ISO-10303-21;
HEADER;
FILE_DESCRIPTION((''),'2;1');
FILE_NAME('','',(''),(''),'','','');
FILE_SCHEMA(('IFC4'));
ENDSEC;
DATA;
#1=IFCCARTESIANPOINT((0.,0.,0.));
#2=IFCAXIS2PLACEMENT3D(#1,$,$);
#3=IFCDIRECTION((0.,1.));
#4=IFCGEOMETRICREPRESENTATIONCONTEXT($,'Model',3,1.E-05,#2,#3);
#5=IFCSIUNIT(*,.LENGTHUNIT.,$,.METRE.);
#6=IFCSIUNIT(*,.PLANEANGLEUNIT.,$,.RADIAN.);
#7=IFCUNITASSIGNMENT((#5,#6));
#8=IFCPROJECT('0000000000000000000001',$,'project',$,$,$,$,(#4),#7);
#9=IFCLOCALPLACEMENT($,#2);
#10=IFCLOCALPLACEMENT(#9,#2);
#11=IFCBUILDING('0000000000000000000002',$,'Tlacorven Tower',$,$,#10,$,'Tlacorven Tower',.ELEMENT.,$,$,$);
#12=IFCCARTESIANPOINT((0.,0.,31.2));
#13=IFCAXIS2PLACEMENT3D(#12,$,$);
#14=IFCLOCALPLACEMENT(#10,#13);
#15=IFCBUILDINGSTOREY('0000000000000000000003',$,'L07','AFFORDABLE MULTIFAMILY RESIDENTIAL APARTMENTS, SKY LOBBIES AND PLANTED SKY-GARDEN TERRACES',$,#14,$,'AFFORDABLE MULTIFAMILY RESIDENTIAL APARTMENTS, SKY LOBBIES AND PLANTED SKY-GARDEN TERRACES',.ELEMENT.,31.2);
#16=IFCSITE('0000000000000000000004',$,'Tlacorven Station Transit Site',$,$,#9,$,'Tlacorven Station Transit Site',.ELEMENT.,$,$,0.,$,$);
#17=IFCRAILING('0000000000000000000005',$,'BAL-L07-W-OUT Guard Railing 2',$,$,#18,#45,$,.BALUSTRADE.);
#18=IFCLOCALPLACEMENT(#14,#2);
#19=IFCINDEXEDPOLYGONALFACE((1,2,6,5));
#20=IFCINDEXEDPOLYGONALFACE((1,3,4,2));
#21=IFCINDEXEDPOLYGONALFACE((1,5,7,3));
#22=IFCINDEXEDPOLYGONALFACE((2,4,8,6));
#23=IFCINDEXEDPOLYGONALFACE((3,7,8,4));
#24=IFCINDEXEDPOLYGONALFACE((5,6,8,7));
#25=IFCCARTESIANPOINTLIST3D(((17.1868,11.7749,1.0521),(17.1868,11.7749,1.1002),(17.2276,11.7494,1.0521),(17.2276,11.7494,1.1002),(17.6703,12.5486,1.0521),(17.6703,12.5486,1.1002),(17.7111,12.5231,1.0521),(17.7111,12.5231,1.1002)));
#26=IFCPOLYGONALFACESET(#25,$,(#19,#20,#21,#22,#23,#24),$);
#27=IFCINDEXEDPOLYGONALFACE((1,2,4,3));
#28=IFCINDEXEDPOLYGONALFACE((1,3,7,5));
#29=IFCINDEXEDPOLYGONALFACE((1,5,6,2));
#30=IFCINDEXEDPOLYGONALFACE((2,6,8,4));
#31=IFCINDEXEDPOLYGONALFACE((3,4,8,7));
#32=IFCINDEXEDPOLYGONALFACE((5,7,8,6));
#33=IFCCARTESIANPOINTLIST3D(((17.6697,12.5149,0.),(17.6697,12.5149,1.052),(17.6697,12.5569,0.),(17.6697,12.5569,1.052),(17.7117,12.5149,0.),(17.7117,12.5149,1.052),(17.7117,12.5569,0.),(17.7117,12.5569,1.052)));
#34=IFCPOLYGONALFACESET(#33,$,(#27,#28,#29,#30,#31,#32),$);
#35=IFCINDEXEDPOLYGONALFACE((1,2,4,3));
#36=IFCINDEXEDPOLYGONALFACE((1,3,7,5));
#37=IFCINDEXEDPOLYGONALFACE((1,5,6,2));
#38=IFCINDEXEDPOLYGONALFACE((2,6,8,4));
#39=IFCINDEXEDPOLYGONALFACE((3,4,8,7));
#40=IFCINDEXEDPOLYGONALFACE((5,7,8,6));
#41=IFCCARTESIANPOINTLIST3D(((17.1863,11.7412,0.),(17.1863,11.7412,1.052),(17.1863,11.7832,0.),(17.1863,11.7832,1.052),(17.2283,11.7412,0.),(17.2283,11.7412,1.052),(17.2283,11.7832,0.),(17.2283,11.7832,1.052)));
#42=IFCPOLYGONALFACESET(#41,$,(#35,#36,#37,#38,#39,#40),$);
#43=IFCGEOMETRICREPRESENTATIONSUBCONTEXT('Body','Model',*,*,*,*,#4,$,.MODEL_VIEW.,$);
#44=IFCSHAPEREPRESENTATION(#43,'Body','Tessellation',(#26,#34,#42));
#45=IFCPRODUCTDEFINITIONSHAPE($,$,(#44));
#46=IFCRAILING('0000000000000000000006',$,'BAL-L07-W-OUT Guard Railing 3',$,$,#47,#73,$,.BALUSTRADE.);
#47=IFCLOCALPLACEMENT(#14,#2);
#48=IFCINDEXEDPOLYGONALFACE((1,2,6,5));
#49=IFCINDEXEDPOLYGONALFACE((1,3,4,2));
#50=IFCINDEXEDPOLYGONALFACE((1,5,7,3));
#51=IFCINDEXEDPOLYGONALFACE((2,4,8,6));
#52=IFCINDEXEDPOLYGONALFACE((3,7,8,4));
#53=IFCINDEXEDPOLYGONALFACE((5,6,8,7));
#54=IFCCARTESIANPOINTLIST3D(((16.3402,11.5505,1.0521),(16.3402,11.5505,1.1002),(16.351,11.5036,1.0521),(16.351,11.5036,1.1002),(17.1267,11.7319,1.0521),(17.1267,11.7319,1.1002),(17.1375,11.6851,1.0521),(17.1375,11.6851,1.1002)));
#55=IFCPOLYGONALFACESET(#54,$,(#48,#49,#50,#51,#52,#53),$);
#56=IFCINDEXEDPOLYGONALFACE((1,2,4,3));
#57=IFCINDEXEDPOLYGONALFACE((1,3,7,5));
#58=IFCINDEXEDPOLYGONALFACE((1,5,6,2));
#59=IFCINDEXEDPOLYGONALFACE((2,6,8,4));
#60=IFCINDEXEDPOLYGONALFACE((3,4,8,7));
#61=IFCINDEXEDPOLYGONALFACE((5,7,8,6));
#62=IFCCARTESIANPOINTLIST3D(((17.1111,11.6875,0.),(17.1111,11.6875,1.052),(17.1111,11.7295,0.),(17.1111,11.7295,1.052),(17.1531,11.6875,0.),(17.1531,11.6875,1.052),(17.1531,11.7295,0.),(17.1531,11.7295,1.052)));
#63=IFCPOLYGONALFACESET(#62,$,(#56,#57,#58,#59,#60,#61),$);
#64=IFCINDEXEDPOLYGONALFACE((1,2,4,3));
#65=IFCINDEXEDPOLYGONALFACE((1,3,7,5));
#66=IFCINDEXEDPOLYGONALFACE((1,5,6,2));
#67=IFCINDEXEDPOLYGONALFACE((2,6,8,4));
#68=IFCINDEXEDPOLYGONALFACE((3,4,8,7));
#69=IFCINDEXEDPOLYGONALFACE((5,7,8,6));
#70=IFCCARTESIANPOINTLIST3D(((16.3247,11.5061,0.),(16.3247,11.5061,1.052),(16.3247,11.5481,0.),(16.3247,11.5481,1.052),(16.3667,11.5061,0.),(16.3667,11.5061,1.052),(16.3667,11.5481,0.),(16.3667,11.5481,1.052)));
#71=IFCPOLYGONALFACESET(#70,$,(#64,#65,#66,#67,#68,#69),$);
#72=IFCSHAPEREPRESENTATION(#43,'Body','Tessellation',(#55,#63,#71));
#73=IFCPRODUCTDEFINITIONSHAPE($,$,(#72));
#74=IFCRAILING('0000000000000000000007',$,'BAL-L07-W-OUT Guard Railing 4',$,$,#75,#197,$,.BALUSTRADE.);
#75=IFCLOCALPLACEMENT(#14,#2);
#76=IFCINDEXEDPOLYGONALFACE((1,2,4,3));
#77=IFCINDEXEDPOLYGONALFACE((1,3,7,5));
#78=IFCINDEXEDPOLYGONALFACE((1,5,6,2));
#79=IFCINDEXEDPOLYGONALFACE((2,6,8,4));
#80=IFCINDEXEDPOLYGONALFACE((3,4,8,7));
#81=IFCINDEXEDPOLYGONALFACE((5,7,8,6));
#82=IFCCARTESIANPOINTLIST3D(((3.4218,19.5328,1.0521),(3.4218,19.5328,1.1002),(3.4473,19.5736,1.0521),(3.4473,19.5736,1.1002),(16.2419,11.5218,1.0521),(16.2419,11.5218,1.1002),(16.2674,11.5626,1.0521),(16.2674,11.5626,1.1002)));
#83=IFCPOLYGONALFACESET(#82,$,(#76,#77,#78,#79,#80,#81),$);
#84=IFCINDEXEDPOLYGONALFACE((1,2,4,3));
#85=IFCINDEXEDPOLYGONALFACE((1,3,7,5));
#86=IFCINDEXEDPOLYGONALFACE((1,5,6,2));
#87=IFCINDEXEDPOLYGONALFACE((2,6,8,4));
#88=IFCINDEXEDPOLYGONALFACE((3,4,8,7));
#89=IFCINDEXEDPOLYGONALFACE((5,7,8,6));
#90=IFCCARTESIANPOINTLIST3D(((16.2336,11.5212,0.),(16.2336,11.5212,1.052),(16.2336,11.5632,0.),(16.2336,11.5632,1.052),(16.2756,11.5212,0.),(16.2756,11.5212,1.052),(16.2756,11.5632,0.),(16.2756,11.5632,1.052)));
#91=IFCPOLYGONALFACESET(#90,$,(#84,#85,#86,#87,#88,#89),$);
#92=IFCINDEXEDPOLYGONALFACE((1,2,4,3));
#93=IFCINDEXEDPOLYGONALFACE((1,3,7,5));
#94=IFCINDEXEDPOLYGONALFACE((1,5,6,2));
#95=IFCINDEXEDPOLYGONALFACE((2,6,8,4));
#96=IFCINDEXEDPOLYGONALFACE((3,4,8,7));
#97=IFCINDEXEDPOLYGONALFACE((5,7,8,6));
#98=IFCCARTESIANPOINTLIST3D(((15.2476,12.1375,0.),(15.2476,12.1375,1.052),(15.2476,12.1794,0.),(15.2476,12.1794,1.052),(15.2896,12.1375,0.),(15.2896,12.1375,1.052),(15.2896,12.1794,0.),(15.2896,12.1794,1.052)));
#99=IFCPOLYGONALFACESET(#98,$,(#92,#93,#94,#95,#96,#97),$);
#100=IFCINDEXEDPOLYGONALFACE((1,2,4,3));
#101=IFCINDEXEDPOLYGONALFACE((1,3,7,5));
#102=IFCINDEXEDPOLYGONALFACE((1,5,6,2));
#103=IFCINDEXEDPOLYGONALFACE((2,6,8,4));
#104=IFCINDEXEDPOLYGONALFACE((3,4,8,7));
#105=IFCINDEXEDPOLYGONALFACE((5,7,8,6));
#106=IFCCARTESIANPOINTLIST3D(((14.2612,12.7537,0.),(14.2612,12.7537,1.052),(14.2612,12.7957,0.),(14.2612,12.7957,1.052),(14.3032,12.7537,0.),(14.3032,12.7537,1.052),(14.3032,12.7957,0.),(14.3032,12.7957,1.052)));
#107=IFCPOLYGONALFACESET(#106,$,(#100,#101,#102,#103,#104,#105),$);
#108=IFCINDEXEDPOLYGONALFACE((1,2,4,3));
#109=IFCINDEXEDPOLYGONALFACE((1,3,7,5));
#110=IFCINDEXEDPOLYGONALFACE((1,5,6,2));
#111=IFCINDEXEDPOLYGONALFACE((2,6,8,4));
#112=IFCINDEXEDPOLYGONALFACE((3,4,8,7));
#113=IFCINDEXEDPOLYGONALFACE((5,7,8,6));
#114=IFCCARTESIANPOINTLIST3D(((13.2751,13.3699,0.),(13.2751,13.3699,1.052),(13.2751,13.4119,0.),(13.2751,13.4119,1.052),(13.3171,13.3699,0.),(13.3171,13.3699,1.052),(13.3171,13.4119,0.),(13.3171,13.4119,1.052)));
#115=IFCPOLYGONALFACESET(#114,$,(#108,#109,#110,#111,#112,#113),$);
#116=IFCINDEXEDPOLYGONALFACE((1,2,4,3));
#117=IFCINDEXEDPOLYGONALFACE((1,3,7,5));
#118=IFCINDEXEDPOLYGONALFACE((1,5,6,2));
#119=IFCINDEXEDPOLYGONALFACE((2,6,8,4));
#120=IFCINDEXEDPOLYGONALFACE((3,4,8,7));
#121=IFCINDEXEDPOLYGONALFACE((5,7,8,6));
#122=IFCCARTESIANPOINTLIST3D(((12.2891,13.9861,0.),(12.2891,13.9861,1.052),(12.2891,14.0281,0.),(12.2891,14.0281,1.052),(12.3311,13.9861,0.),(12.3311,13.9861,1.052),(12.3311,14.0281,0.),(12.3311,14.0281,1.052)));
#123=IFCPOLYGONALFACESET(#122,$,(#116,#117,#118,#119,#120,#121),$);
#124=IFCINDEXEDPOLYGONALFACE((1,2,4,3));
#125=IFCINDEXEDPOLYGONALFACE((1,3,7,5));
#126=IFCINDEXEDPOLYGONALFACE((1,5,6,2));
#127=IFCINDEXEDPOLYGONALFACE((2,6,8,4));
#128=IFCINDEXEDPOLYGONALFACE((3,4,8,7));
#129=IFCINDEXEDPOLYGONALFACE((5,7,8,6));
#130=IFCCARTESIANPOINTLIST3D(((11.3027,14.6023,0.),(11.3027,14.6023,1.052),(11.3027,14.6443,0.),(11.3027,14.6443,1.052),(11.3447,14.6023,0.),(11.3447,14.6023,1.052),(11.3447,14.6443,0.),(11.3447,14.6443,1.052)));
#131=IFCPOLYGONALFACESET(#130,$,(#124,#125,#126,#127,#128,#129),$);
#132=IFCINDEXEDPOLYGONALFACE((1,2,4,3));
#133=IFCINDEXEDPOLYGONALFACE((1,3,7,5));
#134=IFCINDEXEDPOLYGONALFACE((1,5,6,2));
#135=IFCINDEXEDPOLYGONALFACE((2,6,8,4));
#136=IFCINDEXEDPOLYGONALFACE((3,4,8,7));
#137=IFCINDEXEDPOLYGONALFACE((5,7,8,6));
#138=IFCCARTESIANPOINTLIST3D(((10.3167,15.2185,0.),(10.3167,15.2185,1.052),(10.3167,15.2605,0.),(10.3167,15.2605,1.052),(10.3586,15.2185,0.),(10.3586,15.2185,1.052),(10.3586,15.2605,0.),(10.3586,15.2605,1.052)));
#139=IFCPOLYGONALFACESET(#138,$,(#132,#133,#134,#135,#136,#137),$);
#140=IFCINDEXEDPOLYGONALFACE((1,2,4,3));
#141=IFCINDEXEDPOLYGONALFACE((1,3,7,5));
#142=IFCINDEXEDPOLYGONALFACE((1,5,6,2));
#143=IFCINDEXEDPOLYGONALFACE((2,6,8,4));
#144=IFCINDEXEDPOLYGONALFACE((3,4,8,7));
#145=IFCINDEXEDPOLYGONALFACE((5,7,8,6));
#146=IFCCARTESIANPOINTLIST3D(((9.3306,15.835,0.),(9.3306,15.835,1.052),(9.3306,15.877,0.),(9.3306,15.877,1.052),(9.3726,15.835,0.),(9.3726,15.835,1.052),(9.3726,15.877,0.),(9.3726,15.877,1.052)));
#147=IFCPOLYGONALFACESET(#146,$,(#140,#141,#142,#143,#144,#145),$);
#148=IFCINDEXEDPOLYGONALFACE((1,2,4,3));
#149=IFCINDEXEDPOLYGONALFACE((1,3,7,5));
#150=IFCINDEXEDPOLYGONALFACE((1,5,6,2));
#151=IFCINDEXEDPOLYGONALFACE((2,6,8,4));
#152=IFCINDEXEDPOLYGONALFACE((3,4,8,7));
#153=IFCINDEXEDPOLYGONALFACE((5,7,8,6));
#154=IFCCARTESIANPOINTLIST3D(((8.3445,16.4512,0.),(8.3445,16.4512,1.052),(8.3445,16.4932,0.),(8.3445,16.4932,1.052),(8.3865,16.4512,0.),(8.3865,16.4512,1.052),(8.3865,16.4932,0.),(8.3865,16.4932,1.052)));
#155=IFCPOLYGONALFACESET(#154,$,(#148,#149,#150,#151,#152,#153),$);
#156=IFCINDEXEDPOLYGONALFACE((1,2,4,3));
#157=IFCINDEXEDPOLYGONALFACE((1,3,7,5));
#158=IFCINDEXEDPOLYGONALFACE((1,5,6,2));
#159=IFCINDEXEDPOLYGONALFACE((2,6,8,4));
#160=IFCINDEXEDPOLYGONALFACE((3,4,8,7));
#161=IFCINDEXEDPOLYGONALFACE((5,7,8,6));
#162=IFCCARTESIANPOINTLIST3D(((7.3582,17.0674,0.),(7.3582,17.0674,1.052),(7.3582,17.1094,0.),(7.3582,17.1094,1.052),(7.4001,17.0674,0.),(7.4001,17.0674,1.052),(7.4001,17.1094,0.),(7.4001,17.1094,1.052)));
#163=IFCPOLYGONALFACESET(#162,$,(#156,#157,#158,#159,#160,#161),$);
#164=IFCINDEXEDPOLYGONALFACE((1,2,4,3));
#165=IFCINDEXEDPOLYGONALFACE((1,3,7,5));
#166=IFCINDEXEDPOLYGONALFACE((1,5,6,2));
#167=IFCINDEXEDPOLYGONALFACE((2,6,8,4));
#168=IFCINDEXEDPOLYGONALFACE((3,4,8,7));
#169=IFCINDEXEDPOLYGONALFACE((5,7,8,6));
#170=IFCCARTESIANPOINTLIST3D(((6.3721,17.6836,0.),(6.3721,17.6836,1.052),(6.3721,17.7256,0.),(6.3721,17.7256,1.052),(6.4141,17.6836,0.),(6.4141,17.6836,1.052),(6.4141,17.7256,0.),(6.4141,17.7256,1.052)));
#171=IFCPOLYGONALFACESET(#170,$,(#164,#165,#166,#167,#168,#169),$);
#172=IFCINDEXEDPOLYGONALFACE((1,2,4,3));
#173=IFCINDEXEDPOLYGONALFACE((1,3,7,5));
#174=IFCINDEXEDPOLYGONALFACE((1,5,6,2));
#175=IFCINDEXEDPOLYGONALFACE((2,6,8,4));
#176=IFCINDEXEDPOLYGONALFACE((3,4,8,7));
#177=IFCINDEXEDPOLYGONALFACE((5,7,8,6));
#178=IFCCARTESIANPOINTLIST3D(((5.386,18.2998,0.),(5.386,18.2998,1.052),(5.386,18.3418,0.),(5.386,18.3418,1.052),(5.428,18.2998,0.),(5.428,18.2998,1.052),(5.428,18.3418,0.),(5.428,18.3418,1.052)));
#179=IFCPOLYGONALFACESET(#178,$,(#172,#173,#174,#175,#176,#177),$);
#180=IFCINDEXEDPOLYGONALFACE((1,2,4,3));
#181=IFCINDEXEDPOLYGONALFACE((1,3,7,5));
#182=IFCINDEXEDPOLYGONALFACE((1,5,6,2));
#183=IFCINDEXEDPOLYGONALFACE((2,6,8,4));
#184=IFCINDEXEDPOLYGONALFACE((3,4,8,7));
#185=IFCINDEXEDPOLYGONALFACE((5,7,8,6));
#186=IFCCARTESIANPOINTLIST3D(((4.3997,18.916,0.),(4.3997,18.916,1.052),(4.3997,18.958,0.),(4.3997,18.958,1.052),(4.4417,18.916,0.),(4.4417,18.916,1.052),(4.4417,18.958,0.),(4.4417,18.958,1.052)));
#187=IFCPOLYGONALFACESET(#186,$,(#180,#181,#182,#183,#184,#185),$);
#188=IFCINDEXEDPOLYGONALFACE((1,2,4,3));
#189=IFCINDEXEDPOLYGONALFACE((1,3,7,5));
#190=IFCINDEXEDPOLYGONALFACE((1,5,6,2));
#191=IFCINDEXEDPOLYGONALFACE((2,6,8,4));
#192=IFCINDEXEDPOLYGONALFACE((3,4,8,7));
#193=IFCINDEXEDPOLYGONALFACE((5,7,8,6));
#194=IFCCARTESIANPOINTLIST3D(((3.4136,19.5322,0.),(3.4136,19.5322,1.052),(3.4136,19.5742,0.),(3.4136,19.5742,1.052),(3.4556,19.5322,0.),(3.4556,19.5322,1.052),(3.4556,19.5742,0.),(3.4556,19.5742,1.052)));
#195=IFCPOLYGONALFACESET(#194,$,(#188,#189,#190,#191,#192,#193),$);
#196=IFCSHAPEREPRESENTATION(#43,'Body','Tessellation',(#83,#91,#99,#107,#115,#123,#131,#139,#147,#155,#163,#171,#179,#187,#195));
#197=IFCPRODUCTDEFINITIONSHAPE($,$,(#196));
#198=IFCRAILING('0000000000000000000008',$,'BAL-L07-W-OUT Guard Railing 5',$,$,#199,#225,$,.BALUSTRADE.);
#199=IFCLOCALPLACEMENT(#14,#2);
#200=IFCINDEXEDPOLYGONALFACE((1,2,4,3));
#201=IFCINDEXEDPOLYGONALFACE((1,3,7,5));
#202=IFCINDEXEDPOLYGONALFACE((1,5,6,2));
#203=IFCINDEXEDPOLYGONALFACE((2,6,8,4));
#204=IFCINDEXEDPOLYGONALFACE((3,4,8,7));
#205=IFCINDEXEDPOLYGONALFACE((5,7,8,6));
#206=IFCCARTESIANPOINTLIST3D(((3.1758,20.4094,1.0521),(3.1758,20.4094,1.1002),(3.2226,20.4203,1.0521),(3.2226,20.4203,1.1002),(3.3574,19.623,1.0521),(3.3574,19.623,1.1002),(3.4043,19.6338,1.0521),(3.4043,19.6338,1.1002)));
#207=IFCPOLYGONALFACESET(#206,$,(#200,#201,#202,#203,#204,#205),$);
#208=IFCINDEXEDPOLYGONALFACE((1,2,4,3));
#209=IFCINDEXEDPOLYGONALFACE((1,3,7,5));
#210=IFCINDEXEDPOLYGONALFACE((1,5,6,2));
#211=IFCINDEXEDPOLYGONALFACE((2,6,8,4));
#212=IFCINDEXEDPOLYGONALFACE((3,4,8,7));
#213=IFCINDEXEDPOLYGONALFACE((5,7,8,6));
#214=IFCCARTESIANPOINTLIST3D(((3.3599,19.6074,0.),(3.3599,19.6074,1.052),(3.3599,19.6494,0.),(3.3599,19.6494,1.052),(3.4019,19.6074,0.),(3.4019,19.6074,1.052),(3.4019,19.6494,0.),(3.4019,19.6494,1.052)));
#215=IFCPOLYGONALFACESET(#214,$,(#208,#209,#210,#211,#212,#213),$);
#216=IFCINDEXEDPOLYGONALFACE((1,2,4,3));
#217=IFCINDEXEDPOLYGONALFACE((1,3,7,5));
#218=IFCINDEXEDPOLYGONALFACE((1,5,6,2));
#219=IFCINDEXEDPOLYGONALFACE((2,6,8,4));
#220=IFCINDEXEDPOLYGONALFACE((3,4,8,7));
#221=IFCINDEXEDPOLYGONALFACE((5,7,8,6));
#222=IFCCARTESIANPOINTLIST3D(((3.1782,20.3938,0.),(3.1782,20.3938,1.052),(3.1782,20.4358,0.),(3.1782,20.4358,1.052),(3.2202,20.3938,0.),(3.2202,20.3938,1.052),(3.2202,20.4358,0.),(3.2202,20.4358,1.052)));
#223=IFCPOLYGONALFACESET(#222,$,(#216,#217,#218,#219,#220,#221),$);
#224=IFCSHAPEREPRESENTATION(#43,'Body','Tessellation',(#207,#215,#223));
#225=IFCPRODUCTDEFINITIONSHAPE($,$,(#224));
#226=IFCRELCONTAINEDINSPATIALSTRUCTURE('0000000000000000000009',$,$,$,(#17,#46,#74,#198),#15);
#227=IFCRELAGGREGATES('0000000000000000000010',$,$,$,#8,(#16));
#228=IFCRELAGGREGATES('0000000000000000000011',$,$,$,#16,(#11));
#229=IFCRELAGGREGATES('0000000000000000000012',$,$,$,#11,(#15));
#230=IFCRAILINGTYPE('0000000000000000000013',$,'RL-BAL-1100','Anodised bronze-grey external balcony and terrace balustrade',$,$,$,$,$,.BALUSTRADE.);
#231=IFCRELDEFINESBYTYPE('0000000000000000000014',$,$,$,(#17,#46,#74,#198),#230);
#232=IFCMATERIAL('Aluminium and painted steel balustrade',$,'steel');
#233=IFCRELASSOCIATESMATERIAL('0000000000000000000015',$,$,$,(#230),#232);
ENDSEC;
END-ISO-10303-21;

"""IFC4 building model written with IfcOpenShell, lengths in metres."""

from ifc_helpers import new_model, si_unit, direction, frame, origin, origin_2d, place, context, subcontext, project, spatial, rectangle, extrude, source, transform, mapped, material, type_object, element, save


model = new_model("IFC4")

# Units and contexts
model_context = context("Model", 3, precision=1e-05, world=origin(), true_north=direction((0.0, 1.0)))
body_context = subcontext(model_context, "Body", "Model", "MODEL_VIEW")
ifc_project = project(units=[si_unit("LENGTHUNIT", "METRE"), si_unit("PLANEANGLEUNIT", "RADIAN")], contexts=[model_context])

# Site, building, storey
site_placement = place(None, origin())
site = spatial("IfcSite", under=ifc_project, at=site_placement, Name="Tlacorven Station Transit Site", LongName="Tlacorven Station Transit Site", CompositionType="ELEMENT", RefElevation=0.0)
building_placement = place(site_placement, origin())
building = spatial("IfcBuilding", under=site, at=building_placement, Name="Tlacorven Tower", LongName="Tlacorven Tower", CompositionType="ELEMENT")
storey_placement = place(building_placement, frame((0.0, 0.0, 31.2)))
storey = spatial("IfcBuildingStorey", under=building, at=storey_placement, Name="L07", Description="AFFORDABLE MULTIFAMILY RESIDENTIAL APARTMENTS, SKY LOBBIES AND PLANTED SKY-GARDEN TERRACES", LongName="AFFORDABLE MULTIFAMILY RESIDENTIAL APARTMENTS, SKY LOBBIES AND PLANTED SKY-GARDEN TERRACES", CompositionType="ELEMENT", Elevation=31.2)

# Railings
ifc_material_1 = material(Name="Aluminium and painted steel balustrade", Category="steel")
railing_type = type_object("IfcRailingType", Name="RL-BAL-1100", Description="Anodised bronze-grey external balcony and terrace balustrade", PredefinedType="BALUSTRADE", material=ifc_material_1)
shared_shape_1 = source(origin(), body_context, "Body", "SweptSolid", [
    extrude(rectangle(XDim=0.0481, YDim=0.0481, at=origin_2d()), frame((0.0, 0.0, 1.0762), z_axis=(-0.529879, -0.848073, 0.0), x_axis=(0.848073, -0.529879, 0.0)), (0.0, 0.0, 1.0), 0.9124),
    extrude(rectangle(XDim=0.042, YDim=0.042, at=origin_2d()), origin(), (0.0, 0.0, 1.0), 1.052),
    extrude(rectangle(XDim=0.042, YDim=0.042, at=origin_2d()), frame((-0.4834, -0.7737, 0.0)), (0.0, 0.0, 1.0), 1.052),
])
railing_1_placement = place(storey_placement, frame((17.6907, 12.5359, 0.0)))
element("IfcRailing", 1, at=railing_1_placement, inside=storey, type_object=railing_type, Name="BAL-L07-W-OUT Guard Railing 2", PredefinedType="BALUSTRADE", context=body_context, shape_type="MappedRepresentation", body=[
    mapped(shared_shape_1, transform((0.0, 0.0, 0.0), scale=1.0)),
])
shared_shape_2 = source(origin(), body_context, "Body", "SweptSolid", [
    extrude(rectangle(XDim=0.0481, YDim=0.0481, at=origin_2d()), frame((0.0, 0.0, 1.0762), z_axis=(-0.974412, -0.224771, 0.0), x_axis=(0.224771, -0.974412, 0.0)), (0.0, 0.0, 1.0), 0.8071),
    extrude(rectangle(XDim=0.042, YDim=0.042, at=origin_2d()), origin(), (0.0, 0.0, 1.0), 1.052),
    extrude(rectangle(XDim=0.042, YDim=0.042, at=origin_2d()), frame((-0.7864, -0.1814, 0.0)), (0.0, 0.0, 1.0), 1.052),
])
railing_2_placement = place(storey_placement, frame((17.1321, 11.7085, 0.0)))
element("IfcRailing", 2, at=railing_2_placement, inside=storey, type_object=railing_type, Name="BAL-L07-W-OUT Guard Railing 3", PredefinedType="BALUSTRADE", context=body_context, shape_type="MappedRepresentation", body=[
    mapped(shared_shape_2, transform((0.0, 0.0, 0.0), scale=1.0)),
])
shared_shape_3 = source(origin(), body_context, "Body", "SweptSolid", [
    extrude(rectangle(XDim=0.0481, YDim=0.0481, at=origin_2d()), frame((0.0, 0.0, 1.0762), z_axis=(-0.848045, 0.529925, 0.0), x_axis=(-0.529925, -0.848045, 0.0)), (0.0, 0.0, 1.0), 15.1172),
    extrude(rectangle(XDim=0.042, YDim=0.042, at=origin_2d()), origin(), (0.0, 0.0, 1.0), 1.052),
    extrude(rectangle(XDim=0.042, YDim=0.042, at=origin_2d()), frame((-0.9861, 0.6162, 0.0)), (0.0, 0.0, 1.0), 1.052),
    extrude(rectangle(XDim=0.042, YDim=0.042, at=origin_2d()), frame((-1.9724, 1.2324, 0.0)), (0.0, 0.0, 1.0), 1.052),
    extrude(rectangle(XDim=0.042, YDim=0.042, at=origin_2d()), frame((-2.9585, 1.8486, 0.0)), (0.0, 0.0, 1.0), 1.052),
    extrude(rectangle(XDim=0.042, YDim=0.042, at=origin_2d()), frame((-3.9446, 2.4648, 0.0)), (0.0, 0.0, 1.0), 1.052),
    extrude(rectangle(XDim=0.042, YDim=0.042, at=origin_2d()), frame((-4.9309, 3.0811, 0.0)), (0.0, 0.0, 1.0), 1.052),
    extrude(rectangle(XDim=0.042, YDim=0.042, at=origin_2d()), frame((-5.917, 3.6973, 0.0)), (0.0, 0.0, 1.0), 1.052),
    extrude(rectangle(XDim=0.042, YDim=0.042, at=origin_2d()), frame((-6.9031, 4.3137, 0.0)), (0.0, 0.0, 1.0), 1.052),
    extrude(rectangle(XDim=0.042, YDim=0.042, at=origin_2d()), frame((-7.8892, 4.9299, 0.0)), (0.0, 0.0, 1.0), 1.052),
    extrude(rectangle(XDim=0.042, YDim=0.042, at=origin_2d()), frame((-8.8755, 5.5461, 0.0)), (0.0, 0.0, 1.0), 1.052),
    extrude(rectangle(XDim=0.042, YDim=0.042, at=origin_2d()), frame((-9.8616, 6.1624, 0.0)), (0.0, 0.0, 1.0), 1.052),
    extrude(rectangle(XDim=0.042, YDim=0.042, at=origin_2d()), frame((-10.8477, 6.7786, 0.0)), (0.0, 0.0, 1.0), 1.052),
    extrude(rectangle(XDim=0.042, YDim=0.042, at=origin_2d()), frame((-11.834, 7.3948, 0.0)), (0.0, 0.0, 1.0), 1.052),
    extrude(rectangle(XDim=0.042, YDim=0.042, at=origin_2d()), frame((-12.8201, 8.011, 0.0)), (0.0, 0.0, 1.0), 1.052),
])
railing_3_placement = place(storey_placement, frame((16.2546, 11.5422, 0.0)))
element("IfcRailing", 3, at=railing_3_placement, inside=storey, type_object=railing_type, Name="BAL-L07-W-OUT Guard Railing 4", PredefinedType="BALUSTRADE", context=body_context, shape_type="MappedRepresentation", body=[
    mapped(shared_shape_3, transform((0.0, 0.0, 0.0), scale=1.0)),
])
shared_shape_4 = source(origin(), body_context, "Body", "SweptSolid", [
    extrude(rectangle(XDim=0.0481, YDim=0.0481, at=origin_2d()), frame((0.0, 0.0, 1.0762), z_axis=(-0.225058, 0.974345, 0.0), x_axis=(-0.974345, -0.225058, 0.0)), (0.0, 0.0, 1.0), 0.8071),
    extrude(rectangle(XDim=0.042, YDim=0.042, at=origin_2d()), origin(), (0.0, 0.0, 1.0), 1.052),
    extrude(rectangle(XDim=0.042, YDim=0.042, at=origin_2d()), frame((-0.1816, 0.7864, 0.0)), (0.0, 0.0, 1.0), 1.052),
])
railing_4_placement = place(storey_placement, frame((3.3809, 19.6284, 0.0)))
element("IfcRailing", 4, at=railing_4_placement, inside=storey, type_object=railing_type, Name="BAL-L07-W-OUT Guard Railing 5", PredefinedType="BALUSTRADE", context=body_context, shape_type="MappedRepresentation", body=[
    mapped(shared_shape_4, transform((0.0, 0.0, 0.0), scale=1.0)),
])

save(model, "model.ifc")
